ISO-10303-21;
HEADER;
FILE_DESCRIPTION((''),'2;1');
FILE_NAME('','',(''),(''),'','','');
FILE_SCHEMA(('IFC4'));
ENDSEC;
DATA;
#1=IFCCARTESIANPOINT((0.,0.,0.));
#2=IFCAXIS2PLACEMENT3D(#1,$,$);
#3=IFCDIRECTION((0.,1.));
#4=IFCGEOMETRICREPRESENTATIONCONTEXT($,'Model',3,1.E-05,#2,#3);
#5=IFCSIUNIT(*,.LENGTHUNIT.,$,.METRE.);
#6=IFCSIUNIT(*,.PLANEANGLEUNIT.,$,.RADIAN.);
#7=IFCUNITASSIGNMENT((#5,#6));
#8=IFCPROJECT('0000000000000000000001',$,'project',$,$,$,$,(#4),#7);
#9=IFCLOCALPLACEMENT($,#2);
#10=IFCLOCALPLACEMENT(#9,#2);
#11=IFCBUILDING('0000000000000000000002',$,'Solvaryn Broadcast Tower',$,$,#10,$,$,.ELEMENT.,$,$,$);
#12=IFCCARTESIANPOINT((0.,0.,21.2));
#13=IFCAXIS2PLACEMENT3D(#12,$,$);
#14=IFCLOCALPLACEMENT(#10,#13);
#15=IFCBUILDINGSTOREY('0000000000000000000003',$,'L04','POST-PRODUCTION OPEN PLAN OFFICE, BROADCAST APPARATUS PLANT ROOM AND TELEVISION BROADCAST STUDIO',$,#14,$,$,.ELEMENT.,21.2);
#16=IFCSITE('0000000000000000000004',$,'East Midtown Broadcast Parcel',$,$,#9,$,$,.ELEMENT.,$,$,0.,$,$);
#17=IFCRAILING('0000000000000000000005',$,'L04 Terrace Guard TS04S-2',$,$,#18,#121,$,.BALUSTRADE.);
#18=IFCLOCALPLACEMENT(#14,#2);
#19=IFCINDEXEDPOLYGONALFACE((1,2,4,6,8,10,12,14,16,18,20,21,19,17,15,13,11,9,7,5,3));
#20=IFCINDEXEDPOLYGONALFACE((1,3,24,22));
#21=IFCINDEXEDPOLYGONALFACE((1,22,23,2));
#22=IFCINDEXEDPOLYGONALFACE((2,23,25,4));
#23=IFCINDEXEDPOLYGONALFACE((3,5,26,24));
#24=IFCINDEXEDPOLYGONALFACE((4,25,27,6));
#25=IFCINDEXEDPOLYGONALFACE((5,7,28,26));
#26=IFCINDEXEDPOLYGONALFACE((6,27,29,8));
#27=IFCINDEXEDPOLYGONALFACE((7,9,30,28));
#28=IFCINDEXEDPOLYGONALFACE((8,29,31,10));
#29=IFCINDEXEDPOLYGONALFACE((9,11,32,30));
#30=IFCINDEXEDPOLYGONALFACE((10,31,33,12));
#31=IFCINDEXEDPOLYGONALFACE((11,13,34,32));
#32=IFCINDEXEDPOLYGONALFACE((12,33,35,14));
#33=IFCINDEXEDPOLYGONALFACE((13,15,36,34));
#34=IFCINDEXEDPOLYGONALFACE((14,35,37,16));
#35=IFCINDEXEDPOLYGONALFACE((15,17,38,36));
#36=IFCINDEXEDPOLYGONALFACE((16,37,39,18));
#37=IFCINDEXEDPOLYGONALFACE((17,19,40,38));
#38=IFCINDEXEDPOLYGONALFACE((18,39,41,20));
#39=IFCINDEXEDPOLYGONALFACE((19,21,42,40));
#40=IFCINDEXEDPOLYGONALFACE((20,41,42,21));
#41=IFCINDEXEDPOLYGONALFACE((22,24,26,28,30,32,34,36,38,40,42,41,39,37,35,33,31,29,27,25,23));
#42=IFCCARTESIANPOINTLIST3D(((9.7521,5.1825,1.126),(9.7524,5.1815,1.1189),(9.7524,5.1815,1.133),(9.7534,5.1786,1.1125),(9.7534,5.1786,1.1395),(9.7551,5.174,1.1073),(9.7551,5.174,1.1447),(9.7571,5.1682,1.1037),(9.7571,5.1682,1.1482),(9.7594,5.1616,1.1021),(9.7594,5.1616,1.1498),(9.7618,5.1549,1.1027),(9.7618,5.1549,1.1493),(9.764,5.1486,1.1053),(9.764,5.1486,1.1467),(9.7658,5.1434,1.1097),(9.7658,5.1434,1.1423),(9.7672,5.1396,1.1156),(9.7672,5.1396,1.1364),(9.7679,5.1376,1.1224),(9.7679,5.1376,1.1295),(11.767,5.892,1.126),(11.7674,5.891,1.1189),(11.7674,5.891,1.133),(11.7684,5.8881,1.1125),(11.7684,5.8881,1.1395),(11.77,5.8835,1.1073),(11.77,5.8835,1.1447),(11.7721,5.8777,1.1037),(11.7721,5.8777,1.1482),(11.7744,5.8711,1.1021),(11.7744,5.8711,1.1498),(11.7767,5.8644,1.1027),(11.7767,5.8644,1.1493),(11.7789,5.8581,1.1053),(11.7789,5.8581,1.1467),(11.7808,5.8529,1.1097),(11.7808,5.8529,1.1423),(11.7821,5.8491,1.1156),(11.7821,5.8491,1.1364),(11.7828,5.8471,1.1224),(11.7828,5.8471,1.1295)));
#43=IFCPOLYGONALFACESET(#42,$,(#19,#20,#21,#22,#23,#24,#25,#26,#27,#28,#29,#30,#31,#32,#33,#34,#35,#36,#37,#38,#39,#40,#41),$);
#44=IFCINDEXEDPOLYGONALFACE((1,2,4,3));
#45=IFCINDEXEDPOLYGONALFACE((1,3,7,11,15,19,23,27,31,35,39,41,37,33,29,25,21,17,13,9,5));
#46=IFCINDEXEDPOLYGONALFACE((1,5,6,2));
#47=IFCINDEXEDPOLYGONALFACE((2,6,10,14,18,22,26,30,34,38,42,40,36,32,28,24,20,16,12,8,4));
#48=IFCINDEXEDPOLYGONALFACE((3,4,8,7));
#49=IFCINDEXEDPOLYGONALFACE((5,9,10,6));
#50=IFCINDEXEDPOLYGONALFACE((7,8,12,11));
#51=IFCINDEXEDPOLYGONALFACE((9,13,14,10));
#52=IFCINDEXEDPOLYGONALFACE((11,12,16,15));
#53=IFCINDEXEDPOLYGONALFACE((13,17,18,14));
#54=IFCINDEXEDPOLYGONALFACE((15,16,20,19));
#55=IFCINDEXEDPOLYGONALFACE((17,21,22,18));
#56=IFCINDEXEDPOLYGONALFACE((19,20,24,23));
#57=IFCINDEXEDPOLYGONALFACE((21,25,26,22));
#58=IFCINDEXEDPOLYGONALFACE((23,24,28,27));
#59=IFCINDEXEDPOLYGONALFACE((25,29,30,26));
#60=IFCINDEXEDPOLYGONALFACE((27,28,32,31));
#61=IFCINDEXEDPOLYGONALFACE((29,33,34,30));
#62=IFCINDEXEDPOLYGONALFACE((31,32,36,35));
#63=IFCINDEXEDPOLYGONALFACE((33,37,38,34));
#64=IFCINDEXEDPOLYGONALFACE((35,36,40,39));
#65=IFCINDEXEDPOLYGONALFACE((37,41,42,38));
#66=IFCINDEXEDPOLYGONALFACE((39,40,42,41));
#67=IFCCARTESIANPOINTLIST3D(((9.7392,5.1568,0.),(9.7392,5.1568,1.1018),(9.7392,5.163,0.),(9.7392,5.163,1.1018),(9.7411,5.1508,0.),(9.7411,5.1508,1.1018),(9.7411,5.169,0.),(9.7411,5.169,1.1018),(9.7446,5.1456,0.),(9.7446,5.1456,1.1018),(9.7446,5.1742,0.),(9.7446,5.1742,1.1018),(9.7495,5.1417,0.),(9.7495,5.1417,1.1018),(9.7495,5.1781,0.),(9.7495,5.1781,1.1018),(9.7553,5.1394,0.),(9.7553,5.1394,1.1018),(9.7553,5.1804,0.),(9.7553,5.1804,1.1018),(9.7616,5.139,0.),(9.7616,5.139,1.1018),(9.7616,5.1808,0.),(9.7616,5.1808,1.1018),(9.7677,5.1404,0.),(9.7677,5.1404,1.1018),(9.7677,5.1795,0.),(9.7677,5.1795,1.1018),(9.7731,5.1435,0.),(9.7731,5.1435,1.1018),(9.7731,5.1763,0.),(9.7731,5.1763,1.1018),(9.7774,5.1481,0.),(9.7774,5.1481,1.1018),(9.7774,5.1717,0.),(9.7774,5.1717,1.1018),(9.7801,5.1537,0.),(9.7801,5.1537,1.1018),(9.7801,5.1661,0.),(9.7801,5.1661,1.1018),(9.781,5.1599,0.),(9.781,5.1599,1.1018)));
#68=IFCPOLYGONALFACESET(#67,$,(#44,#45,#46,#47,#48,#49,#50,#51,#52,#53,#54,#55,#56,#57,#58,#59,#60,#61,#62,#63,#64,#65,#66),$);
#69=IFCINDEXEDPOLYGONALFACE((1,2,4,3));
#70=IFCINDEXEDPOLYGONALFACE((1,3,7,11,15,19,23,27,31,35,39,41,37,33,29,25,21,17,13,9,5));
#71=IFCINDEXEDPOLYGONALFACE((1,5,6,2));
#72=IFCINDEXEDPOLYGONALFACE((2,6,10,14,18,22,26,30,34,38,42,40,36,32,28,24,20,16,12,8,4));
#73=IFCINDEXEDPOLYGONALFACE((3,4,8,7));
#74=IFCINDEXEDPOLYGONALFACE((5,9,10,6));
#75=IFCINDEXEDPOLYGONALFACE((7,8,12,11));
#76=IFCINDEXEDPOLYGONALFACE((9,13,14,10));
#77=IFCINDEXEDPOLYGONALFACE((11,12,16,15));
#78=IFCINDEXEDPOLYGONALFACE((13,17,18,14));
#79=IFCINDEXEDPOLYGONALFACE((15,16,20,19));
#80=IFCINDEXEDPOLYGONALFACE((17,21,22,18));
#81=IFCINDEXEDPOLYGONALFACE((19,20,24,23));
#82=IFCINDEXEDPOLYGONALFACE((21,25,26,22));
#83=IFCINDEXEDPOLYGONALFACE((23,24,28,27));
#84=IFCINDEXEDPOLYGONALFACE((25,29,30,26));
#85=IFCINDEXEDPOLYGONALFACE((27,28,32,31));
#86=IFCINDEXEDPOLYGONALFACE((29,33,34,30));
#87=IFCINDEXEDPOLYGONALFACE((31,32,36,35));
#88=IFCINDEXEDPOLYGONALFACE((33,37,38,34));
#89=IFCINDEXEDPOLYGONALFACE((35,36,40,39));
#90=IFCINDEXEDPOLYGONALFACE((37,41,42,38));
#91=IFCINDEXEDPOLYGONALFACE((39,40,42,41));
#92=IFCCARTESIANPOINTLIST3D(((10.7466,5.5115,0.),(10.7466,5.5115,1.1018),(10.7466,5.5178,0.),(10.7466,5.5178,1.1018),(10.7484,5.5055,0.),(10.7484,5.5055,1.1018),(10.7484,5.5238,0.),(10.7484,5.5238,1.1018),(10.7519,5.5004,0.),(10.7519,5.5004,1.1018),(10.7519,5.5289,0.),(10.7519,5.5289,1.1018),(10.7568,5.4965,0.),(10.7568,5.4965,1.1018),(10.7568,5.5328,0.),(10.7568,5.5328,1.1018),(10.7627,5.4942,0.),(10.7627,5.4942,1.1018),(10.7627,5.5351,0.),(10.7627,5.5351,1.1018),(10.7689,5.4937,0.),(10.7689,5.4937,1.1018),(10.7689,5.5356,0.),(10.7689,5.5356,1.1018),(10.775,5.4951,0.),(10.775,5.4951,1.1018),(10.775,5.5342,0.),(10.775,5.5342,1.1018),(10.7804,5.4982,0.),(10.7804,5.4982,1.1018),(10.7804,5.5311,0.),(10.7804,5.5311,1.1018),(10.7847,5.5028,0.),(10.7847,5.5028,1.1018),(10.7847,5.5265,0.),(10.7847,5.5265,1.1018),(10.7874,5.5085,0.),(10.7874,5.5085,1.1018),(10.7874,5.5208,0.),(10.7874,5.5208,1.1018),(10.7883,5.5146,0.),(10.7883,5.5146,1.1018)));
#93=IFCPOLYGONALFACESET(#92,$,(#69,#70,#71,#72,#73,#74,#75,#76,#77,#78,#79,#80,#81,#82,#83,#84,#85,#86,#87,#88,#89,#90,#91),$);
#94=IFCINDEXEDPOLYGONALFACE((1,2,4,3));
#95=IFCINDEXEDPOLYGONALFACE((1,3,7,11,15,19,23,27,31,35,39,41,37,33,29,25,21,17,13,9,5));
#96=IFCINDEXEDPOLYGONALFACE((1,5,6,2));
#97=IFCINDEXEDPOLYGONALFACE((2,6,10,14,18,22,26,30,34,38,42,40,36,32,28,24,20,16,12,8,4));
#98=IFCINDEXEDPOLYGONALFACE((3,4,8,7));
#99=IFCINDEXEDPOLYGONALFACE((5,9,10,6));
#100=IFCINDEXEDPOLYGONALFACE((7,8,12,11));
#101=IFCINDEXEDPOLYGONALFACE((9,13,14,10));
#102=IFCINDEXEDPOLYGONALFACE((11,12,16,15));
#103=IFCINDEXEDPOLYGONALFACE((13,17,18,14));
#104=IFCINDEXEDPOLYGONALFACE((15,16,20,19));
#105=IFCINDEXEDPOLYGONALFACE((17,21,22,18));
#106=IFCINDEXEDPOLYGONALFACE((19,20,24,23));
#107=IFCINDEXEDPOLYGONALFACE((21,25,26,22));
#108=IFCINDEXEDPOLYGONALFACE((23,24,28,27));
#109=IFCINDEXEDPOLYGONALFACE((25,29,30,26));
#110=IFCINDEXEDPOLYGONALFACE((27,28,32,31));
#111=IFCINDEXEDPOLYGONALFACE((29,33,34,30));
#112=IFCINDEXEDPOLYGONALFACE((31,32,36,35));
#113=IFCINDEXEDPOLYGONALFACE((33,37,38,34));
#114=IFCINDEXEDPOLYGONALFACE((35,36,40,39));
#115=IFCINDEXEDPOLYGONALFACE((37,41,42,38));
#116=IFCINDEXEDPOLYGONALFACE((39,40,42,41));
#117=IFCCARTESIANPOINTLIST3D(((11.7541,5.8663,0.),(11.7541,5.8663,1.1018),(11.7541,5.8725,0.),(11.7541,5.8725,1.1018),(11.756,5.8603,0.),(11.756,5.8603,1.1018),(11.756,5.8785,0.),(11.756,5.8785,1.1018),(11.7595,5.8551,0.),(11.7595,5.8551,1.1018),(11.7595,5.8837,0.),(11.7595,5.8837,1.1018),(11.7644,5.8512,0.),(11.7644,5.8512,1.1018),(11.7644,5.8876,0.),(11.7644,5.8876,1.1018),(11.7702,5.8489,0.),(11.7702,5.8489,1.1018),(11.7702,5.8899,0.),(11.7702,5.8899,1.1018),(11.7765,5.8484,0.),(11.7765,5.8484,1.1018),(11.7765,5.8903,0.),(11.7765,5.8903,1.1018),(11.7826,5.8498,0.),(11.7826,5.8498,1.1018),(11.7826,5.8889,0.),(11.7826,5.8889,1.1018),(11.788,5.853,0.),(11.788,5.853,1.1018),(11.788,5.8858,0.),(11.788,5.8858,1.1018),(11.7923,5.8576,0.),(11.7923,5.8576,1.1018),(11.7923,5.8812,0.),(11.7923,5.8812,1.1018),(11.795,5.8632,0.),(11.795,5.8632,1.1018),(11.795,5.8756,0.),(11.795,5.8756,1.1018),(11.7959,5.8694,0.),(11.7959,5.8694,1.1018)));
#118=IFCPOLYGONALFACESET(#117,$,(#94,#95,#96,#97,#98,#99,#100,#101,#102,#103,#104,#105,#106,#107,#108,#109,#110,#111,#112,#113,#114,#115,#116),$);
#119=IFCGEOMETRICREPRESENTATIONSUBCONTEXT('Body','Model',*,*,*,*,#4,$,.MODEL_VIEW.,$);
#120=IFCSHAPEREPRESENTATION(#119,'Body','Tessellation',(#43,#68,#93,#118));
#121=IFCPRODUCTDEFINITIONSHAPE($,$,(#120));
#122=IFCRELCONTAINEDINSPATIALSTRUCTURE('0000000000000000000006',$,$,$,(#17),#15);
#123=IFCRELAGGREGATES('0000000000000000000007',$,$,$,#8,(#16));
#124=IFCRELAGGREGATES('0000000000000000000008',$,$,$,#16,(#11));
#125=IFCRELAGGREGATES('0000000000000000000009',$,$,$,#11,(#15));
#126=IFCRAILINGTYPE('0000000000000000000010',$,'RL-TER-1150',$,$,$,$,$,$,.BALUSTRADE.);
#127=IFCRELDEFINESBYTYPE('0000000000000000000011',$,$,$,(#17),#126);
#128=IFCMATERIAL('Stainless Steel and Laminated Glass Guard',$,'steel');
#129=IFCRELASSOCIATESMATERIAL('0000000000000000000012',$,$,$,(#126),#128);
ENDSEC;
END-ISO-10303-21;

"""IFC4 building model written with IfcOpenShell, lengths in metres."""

from ifc_helpers import new_model, si_unit, direction, frame, origin, origin_2d, place, context, subcontext, project, spatial, circle, extrude, material, type_object, element, save


model = new_model("IFC4")

# Units and contexts
model_context = context("Model", 3, precision=1e-05, world=origin(), true_north=direction((0.0, 1.0)))
body_context = subcontext(model_context, "Body", "Model", "MODEL_VIEW")
ifc_project = project(units=[si_unit("LENGTHUNIT", "METRE"), si_unit("PLANEANGLEUNIT", "RADIAN")], contexts=[model_context])

# Site, building, storey
site_placement = place(None, origin())
site = spatial("IfcSite", under=ifc_project, at=site_placement, Name="East Midtown Broadcast Parcel", CompositionType="ELEMENT", RefElevation=0.0)
building_placement = place(site_placement, origin())
building = spatial("IfcBuilding", under=site, at=building_placement, Name="Solvaryn Broadcast Tower", CompositionType="ELEMENT")
storey_placement = place(building_placement, frame((0.0, 0.0, 21.2)))
storey = spatial("IfcBuildingStorey", under=building, at=storey_placement, Name="L04", Description="POST-PRODUCTION OPEN PLAN OFFICE, BROADCAST APPARATUS PLANT ROOM AND TELEVISION BROADCAST STUDIO", CompositionType="ELEMENT", Elevation=21.2)

# Railing
ifc_material_1 = material(Name="Stainless Steel and Laminated Glass Guard", Category="steel")
railing_type = type_object("IfcRailingType", Name="RL-TER-1150", PredefinedType="BALUSTRADE", material=ifc_material_1)
railing_1_placement = place(storey_placement, frame((9.76, 5.1599, 0.0)))
element("IfcRailing", 1, at=railing_1_placement, inside=storey, type_object=railing_type, Name="L04 Terrace Guard TS04S-2", PredefinedType="BALUSTRADE", context=body_context, shape_type="SweptSolid", body=[
    extrude(circle(Radius=0.0239, at=origin_2d()), frame((0.0, 0.0, 1.126), z_axis=(0.943235, 0.332127, 0.0), x_axis=(-0.332127, 0.943235, 0.0)), (0.0, 0.0, 1.0), 2.1362),
    extrude(circle(Radius=0.021, at=origin_2d()), origin(), (0.0, 0.0, 1.0), 1.1018),
    extrude(circle(Radius=0.021, at=origin_2d()), frame((1.0073, 0.3547, 0.0)), (0.0, 0.0, 1.0), 1.1018),
    extrude(circle(Radius=0.021, at=origin_2d()), frame((2.0149, 0.7095, 0.0)), (0.0, 0.0, 1.0), 1.1018),
])

save(model, "model.ifc")
